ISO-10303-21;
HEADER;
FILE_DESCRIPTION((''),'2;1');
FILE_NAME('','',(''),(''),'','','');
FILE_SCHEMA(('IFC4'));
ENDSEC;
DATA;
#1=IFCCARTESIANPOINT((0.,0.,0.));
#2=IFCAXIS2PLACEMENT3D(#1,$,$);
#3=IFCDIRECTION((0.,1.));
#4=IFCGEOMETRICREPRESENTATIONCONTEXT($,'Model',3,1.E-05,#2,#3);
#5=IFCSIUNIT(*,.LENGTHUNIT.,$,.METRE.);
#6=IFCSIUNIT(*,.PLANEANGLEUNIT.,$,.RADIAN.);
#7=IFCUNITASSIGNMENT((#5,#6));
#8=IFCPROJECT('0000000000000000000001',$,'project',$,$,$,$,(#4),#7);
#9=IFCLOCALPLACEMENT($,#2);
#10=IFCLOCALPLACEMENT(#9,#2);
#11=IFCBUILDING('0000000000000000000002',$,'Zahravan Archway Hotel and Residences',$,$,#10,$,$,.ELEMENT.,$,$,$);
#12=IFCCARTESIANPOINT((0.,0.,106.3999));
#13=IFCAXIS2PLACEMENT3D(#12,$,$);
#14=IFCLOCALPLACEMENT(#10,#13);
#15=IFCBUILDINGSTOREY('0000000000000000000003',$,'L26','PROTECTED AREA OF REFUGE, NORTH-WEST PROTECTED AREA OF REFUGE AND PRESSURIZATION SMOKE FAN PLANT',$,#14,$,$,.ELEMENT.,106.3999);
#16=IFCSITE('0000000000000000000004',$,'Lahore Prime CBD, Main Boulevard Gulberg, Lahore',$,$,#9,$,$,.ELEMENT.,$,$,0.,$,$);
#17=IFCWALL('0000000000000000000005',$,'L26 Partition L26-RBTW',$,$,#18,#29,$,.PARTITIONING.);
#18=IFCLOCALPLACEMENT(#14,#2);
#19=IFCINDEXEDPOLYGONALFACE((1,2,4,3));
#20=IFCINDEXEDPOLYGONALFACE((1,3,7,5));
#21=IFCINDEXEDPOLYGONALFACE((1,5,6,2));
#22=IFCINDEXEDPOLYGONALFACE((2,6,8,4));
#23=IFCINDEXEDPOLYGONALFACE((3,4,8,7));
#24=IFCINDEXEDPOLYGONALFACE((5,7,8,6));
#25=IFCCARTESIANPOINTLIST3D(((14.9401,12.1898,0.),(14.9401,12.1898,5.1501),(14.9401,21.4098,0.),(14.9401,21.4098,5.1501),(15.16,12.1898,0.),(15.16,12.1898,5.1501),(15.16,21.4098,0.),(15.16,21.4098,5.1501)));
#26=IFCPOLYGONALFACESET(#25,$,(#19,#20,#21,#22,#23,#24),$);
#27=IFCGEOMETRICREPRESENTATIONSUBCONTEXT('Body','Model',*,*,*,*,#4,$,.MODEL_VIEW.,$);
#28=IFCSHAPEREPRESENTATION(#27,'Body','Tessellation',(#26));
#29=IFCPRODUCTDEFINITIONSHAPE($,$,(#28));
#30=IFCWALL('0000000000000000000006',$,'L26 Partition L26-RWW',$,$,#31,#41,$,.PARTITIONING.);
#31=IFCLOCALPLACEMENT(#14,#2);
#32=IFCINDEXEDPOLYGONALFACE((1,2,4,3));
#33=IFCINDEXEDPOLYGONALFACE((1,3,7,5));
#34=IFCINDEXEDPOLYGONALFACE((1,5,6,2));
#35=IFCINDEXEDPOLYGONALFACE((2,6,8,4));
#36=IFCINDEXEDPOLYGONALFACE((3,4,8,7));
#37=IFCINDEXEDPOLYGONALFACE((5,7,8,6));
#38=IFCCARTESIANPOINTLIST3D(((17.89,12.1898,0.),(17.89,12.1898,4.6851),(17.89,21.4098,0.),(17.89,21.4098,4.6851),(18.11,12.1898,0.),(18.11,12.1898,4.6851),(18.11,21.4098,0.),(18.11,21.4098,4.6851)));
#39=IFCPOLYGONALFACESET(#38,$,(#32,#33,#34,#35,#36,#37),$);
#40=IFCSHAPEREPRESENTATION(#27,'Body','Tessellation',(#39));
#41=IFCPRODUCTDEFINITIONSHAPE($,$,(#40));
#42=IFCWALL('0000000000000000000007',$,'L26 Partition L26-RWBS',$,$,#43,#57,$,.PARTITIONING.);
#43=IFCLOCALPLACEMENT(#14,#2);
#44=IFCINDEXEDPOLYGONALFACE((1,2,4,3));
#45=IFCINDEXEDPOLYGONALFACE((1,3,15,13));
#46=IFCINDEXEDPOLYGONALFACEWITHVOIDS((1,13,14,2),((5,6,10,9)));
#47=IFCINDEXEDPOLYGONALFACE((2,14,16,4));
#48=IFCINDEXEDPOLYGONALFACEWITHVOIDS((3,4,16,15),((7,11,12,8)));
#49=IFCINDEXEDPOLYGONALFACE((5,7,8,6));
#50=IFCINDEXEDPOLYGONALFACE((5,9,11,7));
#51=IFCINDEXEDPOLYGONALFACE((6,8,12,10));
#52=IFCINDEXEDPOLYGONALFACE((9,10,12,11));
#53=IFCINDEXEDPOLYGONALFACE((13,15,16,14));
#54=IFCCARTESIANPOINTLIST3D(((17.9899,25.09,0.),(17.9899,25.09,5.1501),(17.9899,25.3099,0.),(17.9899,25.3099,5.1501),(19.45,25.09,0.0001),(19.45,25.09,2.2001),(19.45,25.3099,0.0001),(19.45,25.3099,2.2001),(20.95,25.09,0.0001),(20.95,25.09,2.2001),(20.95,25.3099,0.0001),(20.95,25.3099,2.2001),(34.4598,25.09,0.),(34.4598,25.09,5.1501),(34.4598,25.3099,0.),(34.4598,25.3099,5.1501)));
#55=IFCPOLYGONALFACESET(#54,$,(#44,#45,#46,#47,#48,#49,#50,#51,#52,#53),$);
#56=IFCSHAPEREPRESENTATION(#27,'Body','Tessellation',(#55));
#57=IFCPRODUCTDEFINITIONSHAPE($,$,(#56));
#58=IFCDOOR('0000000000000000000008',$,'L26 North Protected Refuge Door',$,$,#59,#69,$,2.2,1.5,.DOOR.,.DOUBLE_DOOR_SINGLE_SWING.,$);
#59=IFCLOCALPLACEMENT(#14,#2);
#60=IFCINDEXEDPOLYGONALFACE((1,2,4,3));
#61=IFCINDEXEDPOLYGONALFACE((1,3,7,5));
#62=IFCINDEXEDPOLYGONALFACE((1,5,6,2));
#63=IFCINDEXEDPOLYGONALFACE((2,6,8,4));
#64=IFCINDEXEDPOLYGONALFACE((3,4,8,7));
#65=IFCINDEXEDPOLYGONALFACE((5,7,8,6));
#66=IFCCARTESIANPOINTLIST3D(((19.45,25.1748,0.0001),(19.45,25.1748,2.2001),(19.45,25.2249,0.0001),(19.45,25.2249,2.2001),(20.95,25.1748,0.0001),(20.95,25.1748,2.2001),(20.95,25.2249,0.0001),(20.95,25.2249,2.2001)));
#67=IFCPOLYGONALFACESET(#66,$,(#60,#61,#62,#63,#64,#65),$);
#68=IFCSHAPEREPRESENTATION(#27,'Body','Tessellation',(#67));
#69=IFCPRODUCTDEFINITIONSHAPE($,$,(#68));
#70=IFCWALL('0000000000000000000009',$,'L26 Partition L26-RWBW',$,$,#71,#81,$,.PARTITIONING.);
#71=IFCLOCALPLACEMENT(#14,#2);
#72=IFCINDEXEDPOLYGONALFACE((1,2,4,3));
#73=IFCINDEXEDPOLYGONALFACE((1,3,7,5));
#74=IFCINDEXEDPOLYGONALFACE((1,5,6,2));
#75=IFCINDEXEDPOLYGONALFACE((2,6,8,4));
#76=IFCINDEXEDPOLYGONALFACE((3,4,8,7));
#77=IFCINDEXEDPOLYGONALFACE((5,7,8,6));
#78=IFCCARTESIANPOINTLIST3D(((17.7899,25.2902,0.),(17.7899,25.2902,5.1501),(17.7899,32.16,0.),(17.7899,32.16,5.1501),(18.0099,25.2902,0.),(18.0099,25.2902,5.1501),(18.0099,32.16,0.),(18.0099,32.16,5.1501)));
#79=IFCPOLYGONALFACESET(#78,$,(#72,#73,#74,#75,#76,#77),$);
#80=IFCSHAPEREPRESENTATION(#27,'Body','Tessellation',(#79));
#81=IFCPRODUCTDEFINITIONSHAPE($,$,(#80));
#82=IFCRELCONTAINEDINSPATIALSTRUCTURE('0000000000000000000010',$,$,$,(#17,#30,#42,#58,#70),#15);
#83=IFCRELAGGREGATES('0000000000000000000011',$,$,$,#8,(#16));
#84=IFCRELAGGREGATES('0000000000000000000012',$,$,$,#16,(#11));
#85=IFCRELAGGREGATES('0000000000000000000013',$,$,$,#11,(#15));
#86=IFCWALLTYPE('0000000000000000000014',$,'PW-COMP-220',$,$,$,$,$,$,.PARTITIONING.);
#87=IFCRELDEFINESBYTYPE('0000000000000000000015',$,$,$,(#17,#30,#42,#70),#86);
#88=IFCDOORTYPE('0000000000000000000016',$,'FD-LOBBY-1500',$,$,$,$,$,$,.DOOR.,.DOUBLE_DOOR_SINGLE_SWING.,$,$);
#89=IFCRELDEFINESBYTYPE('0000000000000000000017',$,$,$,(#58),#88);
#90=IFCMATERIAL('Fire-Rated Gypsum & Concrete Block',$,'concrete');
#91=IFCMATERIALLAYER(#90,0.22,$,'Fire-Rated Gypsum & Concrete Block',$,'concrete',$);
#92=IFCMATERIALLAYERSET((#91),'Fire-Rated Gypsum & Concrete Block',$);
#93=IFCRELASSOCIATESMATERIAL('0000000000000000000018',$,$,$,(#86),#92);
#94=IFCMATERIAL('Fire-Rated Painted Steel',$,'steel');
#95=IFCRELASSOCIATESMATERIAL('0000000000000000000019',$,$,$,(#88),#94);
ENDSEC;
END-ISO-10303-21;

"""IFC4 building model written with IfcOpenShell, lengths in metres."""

from ifc_helpers import new_model, si_unit, direction, frame, frame_2d, origin, place, context, subcontext, project, spatial, rectangle, extrude, source, transform, mapped, material, layer, layer_set, type_object, type_shapes, element, fill, save


model = new_model("IFC4")

# Units and contexts
model_context = context("Model", 3, precision=1e-05, world=origin(), true_north=direction((0.0, 1.0)))
body_context = subcontext(model_context, "Body", "Model", "MODEL_VIEW")
ifc_project = project(units=[si_unit("LENGTHUNIT", "METRE"), si_unit("PLANEANGLEUNIT", "RADIAN")], contexts=[model_context])

# Site, building, storey
site_placement = place(None, origin())
site = spatial("IfcSite", under=ifc_project, at=site_placement, Name="Lahore Prime CBD, Main Boulevard Gulberg, Lahore", CompositionType="ELEMENT", RefElevation=0.0)
building_placement = place(site_placement, origin())
building = spatial("IfcBuilding", under=site, at=building_placement, Name="Zahravan Archway Hotel and Residences", CompositionType="ELEMENT")
storey_placement = place(building_placement, frame((0.0, 0.0, 106.3999)))
storey = spatial("IfcBuildingStorey", under=building, at=storey_placement, Name="L26", Description="PROTECTED AREA OF REFUGE, NORTH-WEST PROTECTED AREA OF REFUGE AND PRESSURIZATION SMOKE FAN PLANT", CompositionType="ELEMENT", Elevation=106.3999)

# Walls
ifc_material_1 = material(Name="Fire-Rated Gypsum & Concrete Block", Category="concrete")
ifc_layer_1 = layer(ifc_material_1, 0.22, Name="Fire-Rated Gypsum & Concrete Block", Category="concrete")
ifc_layer_set_1 = layer_set([ifc_layer_1], Name="Fire-Rated Gypsum & Concrete Block")
wall_type = type_object("IfcWallType", Name="PW-COMP-220", PredefinedType="PARTITIONING", material=ifc_layer_set_1)
wall_1_placement = place(storey_placement, frame((15.05, 12.1899, 0.0), z_axis=(0.0, 0.0, 1.0), x_axis=(0.0, 1.0, 0.0)))
element("IfcWall", 1, at=wall_1_placement, inside=storey, type_object=wall_type, Name="L26 Partition L26-RBTW", PredefinedType="PARTITIONING", context=body_context, shape_type="SweptSolid", body=[
    extrude(rectangle(XDim=9.22, YDim=0.22, at=frame_2d((4.6099, 0.0))), origin(), (0.0, 0.0, 1.0), 5.1501),
])
wall_2_placement = place(storey_placement, frame((18.0, 12.1899, 0.0), z_axis=(0.0, 0.0, 1.0), x_axis=(0.0, 1.0, 0.0)))
element("IfcWall", 2, at=wall_2_placement, inside=storey, type_object=wall_type, Name="L26 Partition L26-RWW", PredefinedType="PARTITIONING", context=body_context, shape_type="SweptSolid", body=[
    extrude(rectangle(XDim=9.22, YDim=0.22, at=frame_2d((4.6099, 0.0))), origin(), (0.0, 0.0, 1.0), 4.6851),
])

# Wall, opening, door
wall_3_placement = place(storey_placement, frame((17.99, 25.2, 0.0), z_axis=(0.0, 0.0, 1.0), x_axis=(1.0, 0.0, 0.0)))
wall_3 = element("IfcWall", 3, at=wall_3_placement, inside=storey, type_object=wall_type, Name="L26 Partition L26-RWBS", PredefinedType="PARTITIONING", context=body_context, shape_type="SweptSolid", body=[
    extrude(rectangle(XDim=16.47, YDim=0.22, at=frame_2d((8.2349, 0.0))), origin(), (0.0, 0.0, 1.0), 5.1501),
])
opening_placement = place(wall_3_placement, frame((1.46, 0.0, 0.0)))
opening = element("IfcOpeningElement", 4, at=opening_placement, cuts=wall_3, PredefinedType="OPENING", context=body_context, shape_type="SweptSolid", body=[
    extrude(rectangle(XDim=1.5, YDim=2.2, at=frame_2d((0.75, 1.1001))), frame((0.0, 0.1201, 0.0), z_axis=(0.0, -1.0, 0.0), x_axis=(1.0, 0.0, 0.0)), (0.0, 0.0, 1.0), 0.24),
])
ifc_material_2 = material(Name="Fire-Rated Painted Steel", Category="steel")
door_type = type_object("IfcDoorType", Name="FD-LOBBY-1500", OperationType="DOUBLE_DOOR_SINGLE_SWING", PredefinedType="DOOR", material=ifc_material_2)
shared_shape_1 = source(origin(), body_context, "Body", "SweptSolid", [
    extrude(rectangle(XDim=1.5, YDim=2.2, at=frame_2d((0.75, 1.1001))), frame((0.0, 0.0249, 0.0), z_axis=(0.0, -1.0, 0.0), x_axis=(1.0, 0.0, 0.0)), (0.0, 0.0, 1.0), 0.05),
])
type_shapes(door_type, [shared_shape_1])
door_placement = place(opening_placement, origin())
door = element("IfcDoor", 5, at=door_placement, inside=storey, type_object=door_type, Name="L26 North Protected Refuge Door", OperationType="DOUBLE_DOOR_SINGLE_SWING", OverallHeight=2.2, OverallWidth=1.5, PredefinedType="DOOR", context=body_context, shape_type="MappedRepresentation", body=[
    mapped(shared_shape_1, transform((0.0, 0.0, 0.0), scale=1.0)),
])
fill(opening, door)

# Wall
wall_4_placement = place(storey_placement, frame((17.8999, 25.29, 0.0), z_axis=(0.0, 0.0, 1.0), x_axis=(0.0, 1.0, 0.0)))
element("IfcWall", 6, at=wall_4_placement, inside=storey, type_object=wall_type, Name="L26 Partition L26-RWBW", PredefinedType="PARTITIONING", context=body_context, shape_type="SweptSolid", body=[
    extrude(rectangle(XDim=6.8699, YDim=0.22, at=frame_2d((3.4351, 0.0))), origin(), (0.0, 0.0, 1.0), 5.1501),
])

save(model, "model.ifc")
